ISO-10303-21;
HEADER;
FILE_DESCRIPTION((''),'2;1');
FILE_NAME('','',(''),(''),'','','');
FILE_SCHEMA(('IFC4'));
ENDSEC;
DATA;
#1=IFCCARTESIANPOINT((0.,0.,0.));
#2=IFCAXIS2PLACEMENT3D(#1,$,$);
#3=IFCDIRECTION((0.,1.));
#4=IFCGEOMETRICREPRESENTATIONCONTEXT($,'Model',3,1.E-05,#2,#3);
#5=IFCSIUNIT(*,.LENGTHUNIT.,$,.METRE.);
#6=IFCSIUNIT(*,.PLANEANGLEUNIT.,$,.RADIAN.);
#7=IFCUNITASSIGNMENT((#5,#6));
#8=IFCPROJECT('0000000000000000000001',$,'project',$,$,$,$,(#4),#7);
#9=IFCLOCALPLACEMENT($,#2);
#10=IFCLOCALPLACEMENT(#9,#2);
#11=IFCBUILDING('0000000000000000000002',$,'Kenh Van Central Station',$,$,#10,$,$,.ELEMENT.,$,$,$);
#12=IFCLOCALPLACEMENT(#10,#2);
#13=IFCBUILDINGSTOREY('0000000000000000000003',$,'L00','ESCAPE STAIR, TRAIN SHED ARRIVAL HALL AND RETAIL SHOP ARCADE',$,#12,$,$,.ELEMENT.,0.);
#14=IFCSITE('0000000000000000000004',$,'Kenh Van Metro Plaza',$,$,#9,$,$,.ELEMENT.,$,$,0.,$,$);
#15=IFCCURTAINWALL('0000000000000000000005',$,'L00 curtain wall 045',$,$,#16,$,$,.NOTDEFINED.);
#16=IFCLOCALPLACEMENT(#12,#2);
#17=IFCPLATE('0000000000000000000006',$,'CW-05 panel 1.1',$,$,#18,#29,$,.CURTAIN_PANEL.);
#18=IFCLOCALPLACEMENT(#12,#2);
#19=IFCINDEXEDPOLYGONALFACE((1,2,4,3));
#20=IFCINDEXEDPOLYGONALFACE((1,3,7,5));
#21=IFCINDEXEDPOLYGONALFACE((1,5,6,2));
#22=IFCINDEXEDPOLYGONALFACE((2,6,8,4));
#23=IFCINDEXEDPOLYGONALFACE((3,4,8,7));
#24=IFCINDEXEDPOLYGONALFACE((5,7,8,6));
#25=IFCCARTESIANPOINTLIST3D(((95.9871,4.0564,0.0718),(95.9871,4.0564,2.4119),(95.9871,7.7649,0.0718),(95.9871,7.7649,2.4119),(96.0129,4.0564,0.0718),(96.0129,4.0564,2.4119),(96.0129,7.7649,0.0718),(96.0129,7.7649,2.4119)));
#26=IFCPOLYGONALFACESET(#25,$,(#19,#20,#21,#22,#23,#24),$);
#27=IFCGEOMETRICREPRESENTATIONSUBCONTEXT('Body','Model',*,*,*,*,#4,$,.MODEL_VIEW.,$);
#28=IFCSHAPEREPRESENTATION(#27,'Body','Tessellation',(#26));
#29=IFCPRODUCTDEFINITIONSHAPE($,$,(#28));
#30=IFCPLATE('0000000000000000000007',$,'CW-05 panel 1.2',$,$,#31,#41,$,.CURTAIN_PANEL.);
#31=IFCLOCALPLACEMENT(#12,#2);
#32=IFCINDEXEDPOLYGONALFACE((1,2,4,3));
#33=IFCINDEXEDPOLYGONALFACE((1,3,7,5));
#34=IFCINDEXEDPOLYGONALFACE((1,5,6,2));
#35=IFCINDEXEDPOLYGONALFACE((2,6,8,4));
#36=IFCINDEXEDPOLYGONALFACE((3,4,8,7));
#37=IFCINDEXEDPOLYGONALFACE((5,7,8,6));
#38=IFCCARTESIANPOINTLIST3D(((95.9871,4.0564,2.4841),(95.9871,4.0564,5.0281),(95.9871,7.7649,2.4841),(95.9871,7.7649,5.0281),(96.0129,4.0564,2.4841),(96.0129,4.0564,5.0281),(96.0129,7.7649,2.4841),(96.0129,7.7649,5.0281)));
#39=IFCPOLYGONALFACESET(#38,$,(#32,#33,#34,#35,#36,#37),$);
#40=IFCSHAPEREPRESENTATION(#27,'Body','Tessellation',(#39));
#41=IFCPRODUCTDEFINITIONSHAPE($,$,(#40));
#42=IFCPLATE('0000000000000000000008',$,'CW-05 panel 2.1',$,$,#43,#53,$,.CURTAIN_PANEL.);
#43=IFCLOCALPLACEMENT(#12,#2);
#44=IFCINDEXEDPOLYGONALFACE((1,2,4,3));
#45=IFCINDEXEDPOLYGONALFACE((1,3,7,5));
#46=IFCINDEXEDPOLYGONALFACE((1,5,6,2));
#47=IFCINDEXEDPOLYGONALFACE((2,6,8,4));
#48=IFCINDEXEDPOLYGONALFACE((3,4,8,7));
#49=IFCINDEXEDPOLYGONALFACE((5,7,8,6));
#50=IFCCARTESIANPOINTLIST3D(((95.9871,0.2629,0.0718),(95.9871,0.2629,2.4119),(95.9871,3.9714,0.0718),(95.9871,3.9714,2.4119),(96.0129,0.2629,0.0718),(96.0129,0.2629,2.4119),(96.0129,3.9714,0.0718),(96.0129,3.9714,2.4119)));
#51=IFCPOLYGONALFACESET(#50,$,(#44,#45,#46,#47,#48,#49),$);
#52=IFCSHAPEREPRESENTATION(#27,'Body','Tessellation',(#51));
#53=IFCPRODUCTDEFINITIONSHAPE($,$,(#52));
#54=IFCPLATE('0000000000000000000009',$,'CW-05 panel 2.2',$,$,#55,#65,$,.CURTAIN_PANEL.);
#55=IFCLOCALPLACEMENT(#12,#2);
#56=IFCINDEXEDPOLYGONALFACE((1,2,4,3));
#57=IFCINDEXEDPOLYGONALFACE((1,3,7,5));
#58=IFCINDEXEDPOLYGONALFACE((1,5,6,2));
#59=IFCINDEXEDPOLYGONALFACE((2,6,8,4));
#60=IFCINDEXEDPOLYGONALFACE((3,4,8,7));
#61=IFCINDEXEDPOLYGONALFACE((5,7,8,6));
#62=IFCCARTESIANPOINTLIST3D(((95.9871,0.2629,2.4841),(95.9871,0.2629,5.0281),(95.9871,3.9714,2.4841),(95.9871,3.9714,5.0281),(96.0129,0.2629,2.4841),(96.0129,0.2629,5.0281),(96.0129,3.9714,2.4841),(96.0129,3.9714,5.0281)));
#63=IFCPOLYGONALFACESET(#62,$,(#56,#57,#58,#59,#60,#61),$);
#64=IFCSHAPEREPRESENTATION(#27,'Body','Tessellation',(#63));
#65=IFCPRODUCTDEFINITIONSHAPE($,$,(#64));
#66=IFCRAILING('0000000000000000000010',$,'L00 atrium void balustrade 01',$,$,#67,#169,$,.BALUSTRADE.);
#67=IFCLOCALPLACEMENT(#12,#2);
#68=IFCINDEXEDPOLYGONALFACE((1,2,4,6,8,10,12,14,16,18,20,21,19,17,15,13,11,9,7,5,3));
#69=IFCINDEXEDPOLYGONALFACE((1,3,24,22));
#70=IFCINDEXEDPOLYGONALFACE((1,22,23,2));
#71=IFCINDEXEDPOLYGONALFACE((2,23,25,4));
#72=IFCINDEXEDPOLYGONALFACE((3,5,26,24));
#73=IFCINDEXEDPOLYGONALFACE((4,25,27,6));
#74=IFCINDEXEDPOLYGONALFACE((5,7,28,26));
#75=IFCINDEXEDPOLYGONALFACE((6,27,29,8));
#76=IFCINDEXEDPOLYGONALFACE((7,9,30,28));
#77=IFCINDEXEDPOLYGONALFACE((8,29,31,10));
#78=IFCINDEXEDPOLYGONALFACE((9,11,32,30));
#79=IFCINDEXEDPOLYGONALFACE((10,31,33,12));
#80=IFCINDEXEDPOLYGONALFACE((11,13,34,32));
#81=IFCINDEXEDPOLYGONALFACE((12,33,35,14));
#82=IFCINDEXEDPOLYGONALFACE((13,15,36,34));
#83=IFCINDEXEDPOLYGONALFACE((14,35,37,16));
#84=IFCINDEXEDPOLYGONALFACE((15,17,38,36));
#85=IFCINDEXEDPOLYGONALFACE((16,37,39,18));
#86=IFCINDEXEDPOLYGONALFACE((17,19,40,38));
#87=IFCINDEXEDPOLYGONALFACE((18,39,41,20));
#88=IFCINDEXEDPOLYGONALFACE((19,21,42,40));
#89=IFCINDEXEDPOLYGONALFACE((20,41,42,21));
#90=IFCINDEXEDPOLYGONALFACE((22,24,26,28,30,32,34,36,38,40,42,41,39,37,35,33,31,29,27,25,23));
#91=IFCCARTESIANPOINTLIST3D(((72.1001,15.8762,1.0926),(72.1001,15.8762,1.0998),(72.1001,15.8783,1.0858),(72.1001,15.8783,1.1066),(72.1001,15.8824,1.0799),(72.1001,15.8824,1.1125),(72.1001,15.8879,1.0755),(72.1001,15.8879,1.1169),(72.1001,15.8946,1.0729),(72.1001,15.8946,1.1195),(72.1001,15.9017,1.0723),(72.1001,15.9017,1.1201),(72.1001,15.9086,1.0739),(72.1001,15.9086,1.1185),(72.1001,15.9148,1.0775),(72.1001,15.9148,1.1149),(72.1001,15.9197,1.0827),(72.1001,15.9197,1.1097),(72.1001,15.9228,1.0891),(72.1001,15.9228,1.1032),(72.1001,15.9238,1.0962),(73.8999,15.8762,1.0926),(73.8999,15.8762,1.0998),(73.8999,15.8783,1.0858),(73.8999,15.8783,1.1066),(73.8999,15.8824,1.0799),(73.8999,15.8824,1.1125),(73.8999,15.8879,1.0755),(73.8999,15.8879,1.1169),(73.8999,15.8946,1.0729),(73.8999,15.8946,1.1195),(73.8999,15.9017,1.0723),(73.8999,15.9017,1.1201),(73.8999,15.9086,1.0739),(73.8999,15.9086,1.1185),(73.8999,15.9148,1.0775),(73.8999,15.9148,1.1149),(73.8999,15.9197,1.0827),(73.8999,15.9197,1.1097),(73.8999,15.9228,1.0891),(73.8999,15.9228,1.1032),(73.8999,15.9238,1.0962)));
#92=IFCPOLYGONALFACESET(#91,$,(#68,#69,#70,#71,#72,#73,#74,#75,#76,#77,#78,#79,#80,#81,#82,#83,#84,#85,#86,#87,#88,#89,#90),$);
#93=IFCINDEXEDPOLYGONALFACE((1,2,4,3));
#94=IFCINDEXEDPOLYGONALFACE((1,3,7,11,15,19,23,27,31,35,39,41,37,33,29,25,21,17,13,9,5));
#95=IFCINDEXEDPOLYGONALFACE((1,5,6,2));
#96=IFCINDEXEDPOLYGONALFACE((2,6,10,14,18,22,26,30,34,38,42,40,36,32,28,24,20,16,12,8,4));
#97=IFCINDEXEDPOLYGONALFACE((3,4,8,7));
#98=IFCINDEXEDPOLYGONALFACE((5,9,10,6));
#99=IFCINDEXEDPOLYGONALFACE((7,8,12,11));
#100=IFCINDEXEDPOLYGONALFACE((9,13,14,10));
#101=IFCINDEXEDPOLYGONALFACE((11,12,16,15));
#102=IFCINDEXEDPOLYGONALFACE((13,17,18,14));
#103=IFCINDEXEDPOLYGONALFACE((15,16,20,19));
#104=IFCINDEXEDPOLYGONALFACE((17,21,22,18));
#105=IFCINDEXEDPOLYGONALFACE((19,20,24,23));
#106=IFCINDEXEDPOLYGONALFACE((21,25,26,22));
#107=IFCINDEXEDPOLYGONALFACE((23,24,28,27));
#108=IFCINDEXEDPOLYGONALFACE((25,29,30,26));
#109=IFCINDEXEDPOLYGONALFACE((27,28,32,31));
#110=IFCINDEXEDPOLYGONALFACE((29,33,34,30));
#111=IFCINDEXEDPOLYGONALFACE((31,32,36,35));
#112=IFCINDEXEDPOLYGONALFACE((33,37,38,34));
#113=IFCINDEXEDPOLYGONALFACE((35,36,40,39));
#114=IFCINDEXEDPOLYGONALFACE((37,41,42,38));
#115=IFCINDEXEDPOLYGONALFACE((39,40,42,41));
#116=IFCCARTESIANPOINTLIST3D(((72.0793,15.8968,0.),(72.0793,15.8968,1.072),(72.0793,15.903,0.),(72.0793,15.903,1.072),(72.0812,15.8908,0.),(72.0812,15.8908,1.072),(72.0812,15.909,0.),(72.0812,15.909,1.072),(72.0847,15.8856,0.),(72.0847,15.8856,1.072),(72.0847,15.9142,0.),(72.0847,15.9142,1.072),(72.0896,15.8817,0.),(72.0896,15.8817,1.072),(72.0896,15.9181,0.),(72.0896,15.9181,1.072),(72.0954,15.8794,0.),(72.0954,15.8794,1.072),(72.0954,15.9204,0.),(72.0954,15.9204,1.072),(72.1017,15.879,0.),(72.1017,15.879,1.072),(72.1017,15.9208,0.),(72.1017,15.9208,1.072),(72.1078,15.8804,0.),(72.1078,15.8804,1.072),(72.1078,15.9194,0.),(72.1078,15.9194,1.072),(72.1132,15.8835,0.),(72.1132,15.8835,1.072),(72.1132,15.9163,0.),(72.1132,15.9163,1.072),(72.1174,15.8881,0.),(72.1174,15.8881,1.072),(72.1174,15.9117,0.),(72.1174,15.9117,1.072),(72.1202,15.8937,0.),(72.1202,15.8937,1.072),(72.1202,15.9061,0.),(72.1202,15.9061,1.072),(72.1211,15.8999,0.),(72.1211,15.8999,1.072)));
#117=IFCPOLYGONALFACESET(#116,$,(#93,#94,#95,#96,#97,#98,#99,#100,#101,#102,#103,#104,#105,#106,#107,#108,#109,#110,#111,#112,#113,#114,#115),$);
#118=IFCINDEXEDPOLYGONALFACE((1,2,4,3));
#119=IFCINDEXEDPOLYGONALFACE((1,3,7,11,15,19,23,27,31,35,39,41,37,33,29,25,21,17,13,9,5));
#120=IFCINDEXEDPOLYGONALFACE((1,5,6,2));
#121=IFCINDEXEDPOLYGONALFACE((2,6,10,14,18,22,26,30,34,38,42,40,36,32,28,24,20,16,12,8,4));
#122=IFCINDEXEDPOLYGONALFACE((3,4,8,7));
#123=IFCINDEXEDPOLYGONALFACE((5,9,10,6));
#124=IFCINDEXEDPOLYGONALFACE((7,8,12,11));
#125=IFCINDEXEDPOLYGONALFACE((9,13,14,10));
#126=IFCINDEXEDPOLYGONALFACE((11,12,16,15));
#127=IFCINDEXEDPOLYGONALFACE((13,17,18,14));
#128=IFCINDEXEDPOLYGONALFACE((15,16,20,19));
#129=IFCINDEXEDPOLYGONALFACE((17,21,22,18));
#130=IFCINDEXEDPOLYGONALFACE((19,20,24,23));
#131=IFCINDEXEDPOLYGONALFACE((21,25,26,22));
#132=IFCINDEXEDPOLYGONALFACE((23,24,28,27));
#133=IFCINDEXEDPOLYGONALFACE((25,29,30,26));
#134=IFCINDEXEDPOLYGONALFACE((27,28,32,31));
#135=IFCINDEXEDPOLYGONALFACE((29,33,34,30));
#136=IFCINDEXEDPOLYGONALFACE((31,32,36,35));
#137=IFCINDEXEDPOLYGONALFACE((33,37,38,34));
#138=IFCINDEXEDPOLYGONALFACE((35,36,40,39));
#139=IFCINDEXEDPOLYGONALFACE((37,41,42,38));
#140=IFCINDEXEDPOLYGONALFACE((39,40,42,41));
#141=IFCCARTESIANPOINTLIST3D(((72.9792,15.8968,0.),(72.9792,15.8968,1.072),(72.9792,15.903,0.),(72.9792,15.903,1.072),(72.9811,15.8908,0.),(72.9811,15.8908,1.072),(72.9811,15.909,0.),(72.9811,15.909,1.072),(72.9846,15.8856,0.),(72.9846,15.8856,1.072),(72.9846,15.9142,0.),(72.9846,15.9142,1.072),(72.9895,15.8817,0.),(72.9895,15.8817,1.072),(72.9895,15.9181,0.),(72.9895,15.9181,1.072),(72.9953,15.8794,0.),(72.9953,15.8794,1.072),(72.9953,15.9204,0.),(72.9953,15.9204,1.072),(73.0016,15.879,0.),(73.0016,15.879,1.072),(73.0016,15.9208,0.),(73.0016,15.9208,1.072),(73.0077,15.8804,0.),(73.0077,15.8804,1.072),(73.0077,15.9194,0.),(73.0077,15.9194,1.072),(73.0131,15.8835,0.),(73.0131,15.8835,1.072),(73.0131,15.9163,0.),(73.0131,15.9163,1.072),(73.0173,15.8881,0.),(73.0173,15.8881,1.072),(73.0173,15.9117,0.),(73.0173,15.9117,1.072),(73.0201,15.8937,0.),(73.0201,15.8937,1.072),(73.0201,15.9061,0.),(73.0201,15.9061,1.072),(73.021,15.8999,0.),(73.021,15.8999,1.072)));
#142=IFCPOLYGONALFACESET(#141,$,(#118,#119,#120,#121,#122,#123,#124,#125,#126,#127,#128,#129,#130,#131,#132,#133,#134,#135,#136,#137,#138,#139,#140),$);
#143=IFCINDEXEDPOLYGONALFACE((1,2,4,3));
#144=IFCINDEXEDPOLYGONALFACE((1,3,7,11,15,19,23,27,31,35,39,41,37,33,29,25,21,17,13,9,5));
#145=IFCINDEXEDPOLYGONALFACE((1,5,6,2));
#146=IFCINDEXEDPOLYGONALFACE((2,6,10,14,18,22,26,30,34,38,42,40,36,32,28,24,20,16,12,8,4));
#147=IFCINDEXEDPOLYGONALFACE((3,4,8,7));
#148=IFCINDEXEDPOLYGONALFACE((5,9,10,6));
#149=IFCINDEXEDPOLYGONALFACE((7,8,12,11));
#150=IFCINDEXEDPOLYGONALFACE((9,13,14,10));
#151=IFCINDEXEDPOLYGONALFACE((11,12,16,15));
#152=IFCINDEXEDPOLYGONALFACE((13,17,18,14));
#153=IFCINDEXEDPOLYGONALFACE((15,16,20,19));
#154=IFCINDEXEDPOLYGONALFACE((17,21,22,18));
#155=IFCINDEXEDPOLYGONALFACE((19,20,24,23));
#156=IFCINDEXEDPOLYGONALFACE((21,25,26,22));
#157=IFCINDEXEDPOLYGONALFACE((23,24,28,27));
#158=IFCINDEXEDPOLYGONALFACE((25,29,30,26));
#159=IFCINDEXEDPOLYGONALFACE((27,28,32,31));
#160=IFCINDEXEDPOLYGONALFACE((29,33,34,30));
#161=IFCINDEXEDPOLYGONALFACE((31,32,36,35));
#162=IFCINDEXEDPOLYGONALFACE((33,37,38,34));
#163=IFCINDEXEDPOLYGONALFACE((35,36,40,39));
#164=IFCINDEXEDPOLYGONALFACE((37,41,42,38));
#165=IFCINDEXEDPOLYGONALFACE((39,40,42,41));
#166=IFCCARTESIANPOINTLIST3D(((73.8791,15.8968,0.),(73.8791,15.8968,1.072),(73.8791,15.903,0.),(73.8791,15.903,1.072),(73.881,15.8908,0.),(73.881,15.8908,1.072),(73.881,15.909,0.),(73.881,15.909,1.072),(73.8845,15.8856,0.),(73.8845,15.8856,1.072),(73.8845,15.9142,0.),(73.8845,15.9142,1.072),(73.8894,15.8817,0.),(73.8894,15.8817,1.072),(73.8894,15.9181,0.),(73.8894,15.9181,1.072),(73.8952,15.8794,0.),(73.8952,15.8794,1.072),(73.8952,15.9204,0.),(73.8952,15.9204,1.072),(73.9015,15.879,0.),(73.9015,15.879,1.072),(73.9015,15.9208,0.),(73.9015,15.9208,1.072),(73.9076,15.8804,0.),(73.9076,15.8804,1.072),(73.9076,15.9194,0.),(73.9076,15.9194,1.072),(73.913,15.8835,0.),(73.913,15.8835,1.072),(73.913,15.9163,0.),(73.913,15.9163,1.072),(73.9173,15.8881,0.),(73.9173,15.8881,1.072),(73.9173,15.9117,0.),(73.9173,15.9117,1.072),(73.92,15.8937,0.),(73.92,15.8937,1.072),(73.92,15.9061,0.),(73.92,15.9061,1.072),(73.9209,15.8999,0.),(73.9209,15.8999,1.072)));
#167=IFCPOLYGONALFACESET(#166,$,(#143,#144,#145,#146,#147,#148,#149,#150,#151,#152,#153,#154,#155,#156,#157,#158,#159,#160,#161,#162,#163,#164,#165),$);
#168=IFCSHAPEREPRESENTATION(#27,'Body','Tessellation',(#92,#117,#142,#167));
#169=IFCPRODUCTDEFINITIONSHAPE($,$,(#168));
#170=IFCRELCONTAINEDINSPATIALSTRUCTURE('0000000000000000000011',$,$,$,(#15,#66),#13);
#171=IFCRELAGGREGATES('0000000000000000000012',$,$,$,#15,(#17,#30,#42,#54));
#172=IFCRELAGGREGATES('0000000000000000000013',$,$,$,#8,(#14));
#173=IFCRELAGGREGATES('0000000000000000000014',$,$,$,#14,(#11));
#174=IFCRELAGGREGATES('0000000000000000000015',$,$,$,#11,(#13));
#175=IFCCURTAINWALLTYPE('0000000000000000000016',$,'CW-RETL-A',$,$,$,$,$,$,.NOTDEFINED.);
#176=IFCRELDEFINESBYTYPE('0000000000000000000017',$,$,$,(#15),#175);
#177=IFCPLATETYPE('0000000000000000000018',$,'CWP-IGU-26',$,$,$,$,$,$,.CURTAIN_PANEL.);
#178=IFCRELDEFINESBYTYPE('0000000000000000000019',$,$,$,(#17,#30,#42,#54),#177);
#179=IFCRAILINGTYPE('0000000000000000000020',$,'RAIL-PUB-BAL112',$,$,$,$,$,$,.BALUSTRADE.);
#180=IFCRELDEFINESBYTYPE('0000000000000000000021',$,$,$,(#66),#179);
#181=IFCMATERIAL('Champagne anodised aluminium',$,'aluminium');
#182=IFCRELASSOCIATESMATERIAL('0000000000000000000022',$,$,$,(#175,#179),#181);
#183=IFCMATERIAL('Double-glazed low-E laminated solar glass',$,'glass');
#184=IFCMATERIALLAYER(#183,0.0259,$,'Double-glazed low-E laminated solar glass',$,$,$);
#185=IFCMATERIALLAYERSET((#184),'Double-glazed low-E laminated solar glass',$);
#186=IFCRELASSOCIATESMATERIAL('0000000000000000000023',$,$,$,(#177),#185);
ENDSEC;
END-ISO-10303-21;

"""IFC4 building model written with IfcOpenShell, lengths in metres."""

from ifc_helpers import new_model, si_unit, direction, frame, origin, origin_2d, place, context, subcontext, project, spatial, rectangle, circle, extrude, material, layer, layer_set, type_object, element, aggregate, save


model = new_model("IFC4")

# Units and contexts
model_context = context("Model", 3, precision=1e-05, world=origin(), true_north=direction((0.0, 1.0)))
body_context = subcontext(model_context, "Body", "Model", "MODEL_VIEW")
ifc_project = project(units=[si_unit("LENGTHUNIT", "METRE"), si_unit("PLANEANGLEUNIT", "RADIAN")], contexts=[model_context])

# Site, building, storey
site_placement = place(None, origin())
site = spatial("IfcSite", under=ifc_project, at=site_placement, Name="Kenh Van Metro Plaza", CompositionType="ELEMENT", RefElevation=0.0)
building_placement = place(site_placement, origin())
building = spatial("IfcBuilding", under=site, at=building_placement, Name="Kenh Van Central Station", CompositionType="ELEMENT")
storey_placement = place(building_placement, origin())
storey = spatial("IfcBuildingStorey", under=building, at=storey_placement, Name="L00", Description="ESCAPE STAIR, TRAIN SHED ARRIVAL HALL AND RETAIL SHOP ARCADE", CompositionType="ELEMENT", Elevation=0.0)

# Shared definitions
ifc_material_1 = material(Name="Champagne anodised aluminium", Category="aluminium")
curtain_wall_type = type_object("IfcCurtainWallType", Name="CW-RETL-A", PredefinedType="NOTDEFINED", material=ifc_material_1)

# Curtain wall
curtain_wall_1_placement = place(storey_placement, origin())
curtain_wall_1 = element("IfcCurtainWall", 1, at=curtain_wall_1_placement, inside=storey, type_object=curtain_wall_type, Name="L00 curtain wall 045", PredefinedType="NOTDEFINED")

# Plates
ifc_material_2 = material(Name="Double-glazed low-E laminated solar glass", Category="glass")
ifc_layer = layer(ifc_material_2, 0.0259, Name="Double-glazed low-E laminated solar glass")
ifc_layer_set = layer_set([ifc_layer], Name="Double-glazed low-E laminated solar glass")
plate_type = type_object("IfcPlateType", Name="CWP-IGU-26", PredefinedType="CURTAIN_PANEL", material=ifc_layer_set)
plate_1_placement = place(storey_placement, frame((96.0, 5.9106, 0.0718), z_axis=(0.0, 0.0, 1.0), x_axis=(0.0, -1.0, 0.0)))
plate_1 = element("IfcPlate", 2, at=plate_1_placement, type_object=plate_type, Name="CW-05 panel 1.1", PredefinedType="CURTAIN_PANEL", context=body_context, shape_type="SweptSolid", body=[
    extrude(rectangle(XDim=3.7085, YDim=0.0259, at=origin_2d()), origin(), (0.0, 0.0, 1.0), 2.3401),
])
plate_2_placement = place(storey_placement, frame((96.0, 5.9106, 2.4841), z_axis=(0.0, 0.0, 1.0), x_axis=(0.0, -1.0, 0.0)))
plate_2 = element("IfcPlate", 3, at=plate_2_placement, type_object=plate_type, Name="CW-05 panel 1.2", PredefinedType="CURTAIN_PANEL", context=body_context, shape_type="SweptSolid", body=[
    extrude(rectangle(XDim=3.7085, YDim=0.0259, at=origin_2d()), origin(), (0.0, 0.0, 1.0), 2.5439),
])
plate_3_placement = place(storey_placement, frame((96.0, 2.1172, 0.0718), z_axis=(0.0, 0.0, 1.0), x_axis=(0.0, -1.0, 0.0)))
plate_3 = element("IfcPlate", 4, at=plate_3_placement, type_object=plate_type, Name="CW-05 panel 2.1", PredefinedType="CURTAIN_PANEL", context=body_context, shape_type="SweptSolid", body=[
    extrude(rectangle(XDim=3.7085, YDim=0.0259, at=origin_2d()), origin(), (0.0, 0.0, 1.0), 2.3401),
])
plate_4_placement = place(storey_placement, frame((96.0, 2.1172, 2.4841), z_axis=(0.0, 0.0, 1.0), x_axis=(0.0, -1.0, 0.0)))
plate_4 = element("IfcPlate", 5, at=plate_4_placement, type_object=plate_type, Name="CW-05 panel 2.2", PredefinedType="CURTAIN_PANEL", context=body_context, shape_type="SweptSolid", body=[
    extrude(rectangle(XDim=3.7085, YDim=0.0259, at=origin_2d()), origin(), (0.0, 0.0, 1.0), 2.5439),
])
aggregate(curtain_wall_1, [plate_1, plate_2, plate_3, plate_4])

# Railing
railing_type = type_object("IfcRailingType", Name="RAIL-PUB-BAL112", PredefinedType="BALUSTRADE", material=ifc_material_1)
railing_1_placement = place(storey_placement, frame((72.1001, 15.8999, 0.0)))
element("IfcRailing", 6, at=railing_1_placement, inside=storey, type_object=railing_type, Name="L00 atrium void balustrade 01", PredefinedType="BALUSTRADE", context=body_context, shape_type="SweptSolid", body=[
    extrude(circle(Radius=0.0239, at=origin_2d()), frame((0.0, 0.0, 1.0962), z_axis=(1.0, 0.0, 0.0), x_axis=(0.0, 1.0, 0.0)), (0.0, 0.0, 1.0), 1.7998),
    extrude(circle(Radius=0.021, at=origin_2d()), origin(), (0.0, 0.0, 1.0), 1.072),
    extrude(circle(Radius=0.021, at=origin_2d()), frame((0.8999, 0.0, 0.0)), (0.0, 0.0, 1.0), 1.072),
    extrude(circle(Radius=0.021, at=origin_2d()), frame((1.7998, 0.0, 0.0)), (0.0, 0.0, 1.0), 1.072),
])

save(model, "model.ifc")
